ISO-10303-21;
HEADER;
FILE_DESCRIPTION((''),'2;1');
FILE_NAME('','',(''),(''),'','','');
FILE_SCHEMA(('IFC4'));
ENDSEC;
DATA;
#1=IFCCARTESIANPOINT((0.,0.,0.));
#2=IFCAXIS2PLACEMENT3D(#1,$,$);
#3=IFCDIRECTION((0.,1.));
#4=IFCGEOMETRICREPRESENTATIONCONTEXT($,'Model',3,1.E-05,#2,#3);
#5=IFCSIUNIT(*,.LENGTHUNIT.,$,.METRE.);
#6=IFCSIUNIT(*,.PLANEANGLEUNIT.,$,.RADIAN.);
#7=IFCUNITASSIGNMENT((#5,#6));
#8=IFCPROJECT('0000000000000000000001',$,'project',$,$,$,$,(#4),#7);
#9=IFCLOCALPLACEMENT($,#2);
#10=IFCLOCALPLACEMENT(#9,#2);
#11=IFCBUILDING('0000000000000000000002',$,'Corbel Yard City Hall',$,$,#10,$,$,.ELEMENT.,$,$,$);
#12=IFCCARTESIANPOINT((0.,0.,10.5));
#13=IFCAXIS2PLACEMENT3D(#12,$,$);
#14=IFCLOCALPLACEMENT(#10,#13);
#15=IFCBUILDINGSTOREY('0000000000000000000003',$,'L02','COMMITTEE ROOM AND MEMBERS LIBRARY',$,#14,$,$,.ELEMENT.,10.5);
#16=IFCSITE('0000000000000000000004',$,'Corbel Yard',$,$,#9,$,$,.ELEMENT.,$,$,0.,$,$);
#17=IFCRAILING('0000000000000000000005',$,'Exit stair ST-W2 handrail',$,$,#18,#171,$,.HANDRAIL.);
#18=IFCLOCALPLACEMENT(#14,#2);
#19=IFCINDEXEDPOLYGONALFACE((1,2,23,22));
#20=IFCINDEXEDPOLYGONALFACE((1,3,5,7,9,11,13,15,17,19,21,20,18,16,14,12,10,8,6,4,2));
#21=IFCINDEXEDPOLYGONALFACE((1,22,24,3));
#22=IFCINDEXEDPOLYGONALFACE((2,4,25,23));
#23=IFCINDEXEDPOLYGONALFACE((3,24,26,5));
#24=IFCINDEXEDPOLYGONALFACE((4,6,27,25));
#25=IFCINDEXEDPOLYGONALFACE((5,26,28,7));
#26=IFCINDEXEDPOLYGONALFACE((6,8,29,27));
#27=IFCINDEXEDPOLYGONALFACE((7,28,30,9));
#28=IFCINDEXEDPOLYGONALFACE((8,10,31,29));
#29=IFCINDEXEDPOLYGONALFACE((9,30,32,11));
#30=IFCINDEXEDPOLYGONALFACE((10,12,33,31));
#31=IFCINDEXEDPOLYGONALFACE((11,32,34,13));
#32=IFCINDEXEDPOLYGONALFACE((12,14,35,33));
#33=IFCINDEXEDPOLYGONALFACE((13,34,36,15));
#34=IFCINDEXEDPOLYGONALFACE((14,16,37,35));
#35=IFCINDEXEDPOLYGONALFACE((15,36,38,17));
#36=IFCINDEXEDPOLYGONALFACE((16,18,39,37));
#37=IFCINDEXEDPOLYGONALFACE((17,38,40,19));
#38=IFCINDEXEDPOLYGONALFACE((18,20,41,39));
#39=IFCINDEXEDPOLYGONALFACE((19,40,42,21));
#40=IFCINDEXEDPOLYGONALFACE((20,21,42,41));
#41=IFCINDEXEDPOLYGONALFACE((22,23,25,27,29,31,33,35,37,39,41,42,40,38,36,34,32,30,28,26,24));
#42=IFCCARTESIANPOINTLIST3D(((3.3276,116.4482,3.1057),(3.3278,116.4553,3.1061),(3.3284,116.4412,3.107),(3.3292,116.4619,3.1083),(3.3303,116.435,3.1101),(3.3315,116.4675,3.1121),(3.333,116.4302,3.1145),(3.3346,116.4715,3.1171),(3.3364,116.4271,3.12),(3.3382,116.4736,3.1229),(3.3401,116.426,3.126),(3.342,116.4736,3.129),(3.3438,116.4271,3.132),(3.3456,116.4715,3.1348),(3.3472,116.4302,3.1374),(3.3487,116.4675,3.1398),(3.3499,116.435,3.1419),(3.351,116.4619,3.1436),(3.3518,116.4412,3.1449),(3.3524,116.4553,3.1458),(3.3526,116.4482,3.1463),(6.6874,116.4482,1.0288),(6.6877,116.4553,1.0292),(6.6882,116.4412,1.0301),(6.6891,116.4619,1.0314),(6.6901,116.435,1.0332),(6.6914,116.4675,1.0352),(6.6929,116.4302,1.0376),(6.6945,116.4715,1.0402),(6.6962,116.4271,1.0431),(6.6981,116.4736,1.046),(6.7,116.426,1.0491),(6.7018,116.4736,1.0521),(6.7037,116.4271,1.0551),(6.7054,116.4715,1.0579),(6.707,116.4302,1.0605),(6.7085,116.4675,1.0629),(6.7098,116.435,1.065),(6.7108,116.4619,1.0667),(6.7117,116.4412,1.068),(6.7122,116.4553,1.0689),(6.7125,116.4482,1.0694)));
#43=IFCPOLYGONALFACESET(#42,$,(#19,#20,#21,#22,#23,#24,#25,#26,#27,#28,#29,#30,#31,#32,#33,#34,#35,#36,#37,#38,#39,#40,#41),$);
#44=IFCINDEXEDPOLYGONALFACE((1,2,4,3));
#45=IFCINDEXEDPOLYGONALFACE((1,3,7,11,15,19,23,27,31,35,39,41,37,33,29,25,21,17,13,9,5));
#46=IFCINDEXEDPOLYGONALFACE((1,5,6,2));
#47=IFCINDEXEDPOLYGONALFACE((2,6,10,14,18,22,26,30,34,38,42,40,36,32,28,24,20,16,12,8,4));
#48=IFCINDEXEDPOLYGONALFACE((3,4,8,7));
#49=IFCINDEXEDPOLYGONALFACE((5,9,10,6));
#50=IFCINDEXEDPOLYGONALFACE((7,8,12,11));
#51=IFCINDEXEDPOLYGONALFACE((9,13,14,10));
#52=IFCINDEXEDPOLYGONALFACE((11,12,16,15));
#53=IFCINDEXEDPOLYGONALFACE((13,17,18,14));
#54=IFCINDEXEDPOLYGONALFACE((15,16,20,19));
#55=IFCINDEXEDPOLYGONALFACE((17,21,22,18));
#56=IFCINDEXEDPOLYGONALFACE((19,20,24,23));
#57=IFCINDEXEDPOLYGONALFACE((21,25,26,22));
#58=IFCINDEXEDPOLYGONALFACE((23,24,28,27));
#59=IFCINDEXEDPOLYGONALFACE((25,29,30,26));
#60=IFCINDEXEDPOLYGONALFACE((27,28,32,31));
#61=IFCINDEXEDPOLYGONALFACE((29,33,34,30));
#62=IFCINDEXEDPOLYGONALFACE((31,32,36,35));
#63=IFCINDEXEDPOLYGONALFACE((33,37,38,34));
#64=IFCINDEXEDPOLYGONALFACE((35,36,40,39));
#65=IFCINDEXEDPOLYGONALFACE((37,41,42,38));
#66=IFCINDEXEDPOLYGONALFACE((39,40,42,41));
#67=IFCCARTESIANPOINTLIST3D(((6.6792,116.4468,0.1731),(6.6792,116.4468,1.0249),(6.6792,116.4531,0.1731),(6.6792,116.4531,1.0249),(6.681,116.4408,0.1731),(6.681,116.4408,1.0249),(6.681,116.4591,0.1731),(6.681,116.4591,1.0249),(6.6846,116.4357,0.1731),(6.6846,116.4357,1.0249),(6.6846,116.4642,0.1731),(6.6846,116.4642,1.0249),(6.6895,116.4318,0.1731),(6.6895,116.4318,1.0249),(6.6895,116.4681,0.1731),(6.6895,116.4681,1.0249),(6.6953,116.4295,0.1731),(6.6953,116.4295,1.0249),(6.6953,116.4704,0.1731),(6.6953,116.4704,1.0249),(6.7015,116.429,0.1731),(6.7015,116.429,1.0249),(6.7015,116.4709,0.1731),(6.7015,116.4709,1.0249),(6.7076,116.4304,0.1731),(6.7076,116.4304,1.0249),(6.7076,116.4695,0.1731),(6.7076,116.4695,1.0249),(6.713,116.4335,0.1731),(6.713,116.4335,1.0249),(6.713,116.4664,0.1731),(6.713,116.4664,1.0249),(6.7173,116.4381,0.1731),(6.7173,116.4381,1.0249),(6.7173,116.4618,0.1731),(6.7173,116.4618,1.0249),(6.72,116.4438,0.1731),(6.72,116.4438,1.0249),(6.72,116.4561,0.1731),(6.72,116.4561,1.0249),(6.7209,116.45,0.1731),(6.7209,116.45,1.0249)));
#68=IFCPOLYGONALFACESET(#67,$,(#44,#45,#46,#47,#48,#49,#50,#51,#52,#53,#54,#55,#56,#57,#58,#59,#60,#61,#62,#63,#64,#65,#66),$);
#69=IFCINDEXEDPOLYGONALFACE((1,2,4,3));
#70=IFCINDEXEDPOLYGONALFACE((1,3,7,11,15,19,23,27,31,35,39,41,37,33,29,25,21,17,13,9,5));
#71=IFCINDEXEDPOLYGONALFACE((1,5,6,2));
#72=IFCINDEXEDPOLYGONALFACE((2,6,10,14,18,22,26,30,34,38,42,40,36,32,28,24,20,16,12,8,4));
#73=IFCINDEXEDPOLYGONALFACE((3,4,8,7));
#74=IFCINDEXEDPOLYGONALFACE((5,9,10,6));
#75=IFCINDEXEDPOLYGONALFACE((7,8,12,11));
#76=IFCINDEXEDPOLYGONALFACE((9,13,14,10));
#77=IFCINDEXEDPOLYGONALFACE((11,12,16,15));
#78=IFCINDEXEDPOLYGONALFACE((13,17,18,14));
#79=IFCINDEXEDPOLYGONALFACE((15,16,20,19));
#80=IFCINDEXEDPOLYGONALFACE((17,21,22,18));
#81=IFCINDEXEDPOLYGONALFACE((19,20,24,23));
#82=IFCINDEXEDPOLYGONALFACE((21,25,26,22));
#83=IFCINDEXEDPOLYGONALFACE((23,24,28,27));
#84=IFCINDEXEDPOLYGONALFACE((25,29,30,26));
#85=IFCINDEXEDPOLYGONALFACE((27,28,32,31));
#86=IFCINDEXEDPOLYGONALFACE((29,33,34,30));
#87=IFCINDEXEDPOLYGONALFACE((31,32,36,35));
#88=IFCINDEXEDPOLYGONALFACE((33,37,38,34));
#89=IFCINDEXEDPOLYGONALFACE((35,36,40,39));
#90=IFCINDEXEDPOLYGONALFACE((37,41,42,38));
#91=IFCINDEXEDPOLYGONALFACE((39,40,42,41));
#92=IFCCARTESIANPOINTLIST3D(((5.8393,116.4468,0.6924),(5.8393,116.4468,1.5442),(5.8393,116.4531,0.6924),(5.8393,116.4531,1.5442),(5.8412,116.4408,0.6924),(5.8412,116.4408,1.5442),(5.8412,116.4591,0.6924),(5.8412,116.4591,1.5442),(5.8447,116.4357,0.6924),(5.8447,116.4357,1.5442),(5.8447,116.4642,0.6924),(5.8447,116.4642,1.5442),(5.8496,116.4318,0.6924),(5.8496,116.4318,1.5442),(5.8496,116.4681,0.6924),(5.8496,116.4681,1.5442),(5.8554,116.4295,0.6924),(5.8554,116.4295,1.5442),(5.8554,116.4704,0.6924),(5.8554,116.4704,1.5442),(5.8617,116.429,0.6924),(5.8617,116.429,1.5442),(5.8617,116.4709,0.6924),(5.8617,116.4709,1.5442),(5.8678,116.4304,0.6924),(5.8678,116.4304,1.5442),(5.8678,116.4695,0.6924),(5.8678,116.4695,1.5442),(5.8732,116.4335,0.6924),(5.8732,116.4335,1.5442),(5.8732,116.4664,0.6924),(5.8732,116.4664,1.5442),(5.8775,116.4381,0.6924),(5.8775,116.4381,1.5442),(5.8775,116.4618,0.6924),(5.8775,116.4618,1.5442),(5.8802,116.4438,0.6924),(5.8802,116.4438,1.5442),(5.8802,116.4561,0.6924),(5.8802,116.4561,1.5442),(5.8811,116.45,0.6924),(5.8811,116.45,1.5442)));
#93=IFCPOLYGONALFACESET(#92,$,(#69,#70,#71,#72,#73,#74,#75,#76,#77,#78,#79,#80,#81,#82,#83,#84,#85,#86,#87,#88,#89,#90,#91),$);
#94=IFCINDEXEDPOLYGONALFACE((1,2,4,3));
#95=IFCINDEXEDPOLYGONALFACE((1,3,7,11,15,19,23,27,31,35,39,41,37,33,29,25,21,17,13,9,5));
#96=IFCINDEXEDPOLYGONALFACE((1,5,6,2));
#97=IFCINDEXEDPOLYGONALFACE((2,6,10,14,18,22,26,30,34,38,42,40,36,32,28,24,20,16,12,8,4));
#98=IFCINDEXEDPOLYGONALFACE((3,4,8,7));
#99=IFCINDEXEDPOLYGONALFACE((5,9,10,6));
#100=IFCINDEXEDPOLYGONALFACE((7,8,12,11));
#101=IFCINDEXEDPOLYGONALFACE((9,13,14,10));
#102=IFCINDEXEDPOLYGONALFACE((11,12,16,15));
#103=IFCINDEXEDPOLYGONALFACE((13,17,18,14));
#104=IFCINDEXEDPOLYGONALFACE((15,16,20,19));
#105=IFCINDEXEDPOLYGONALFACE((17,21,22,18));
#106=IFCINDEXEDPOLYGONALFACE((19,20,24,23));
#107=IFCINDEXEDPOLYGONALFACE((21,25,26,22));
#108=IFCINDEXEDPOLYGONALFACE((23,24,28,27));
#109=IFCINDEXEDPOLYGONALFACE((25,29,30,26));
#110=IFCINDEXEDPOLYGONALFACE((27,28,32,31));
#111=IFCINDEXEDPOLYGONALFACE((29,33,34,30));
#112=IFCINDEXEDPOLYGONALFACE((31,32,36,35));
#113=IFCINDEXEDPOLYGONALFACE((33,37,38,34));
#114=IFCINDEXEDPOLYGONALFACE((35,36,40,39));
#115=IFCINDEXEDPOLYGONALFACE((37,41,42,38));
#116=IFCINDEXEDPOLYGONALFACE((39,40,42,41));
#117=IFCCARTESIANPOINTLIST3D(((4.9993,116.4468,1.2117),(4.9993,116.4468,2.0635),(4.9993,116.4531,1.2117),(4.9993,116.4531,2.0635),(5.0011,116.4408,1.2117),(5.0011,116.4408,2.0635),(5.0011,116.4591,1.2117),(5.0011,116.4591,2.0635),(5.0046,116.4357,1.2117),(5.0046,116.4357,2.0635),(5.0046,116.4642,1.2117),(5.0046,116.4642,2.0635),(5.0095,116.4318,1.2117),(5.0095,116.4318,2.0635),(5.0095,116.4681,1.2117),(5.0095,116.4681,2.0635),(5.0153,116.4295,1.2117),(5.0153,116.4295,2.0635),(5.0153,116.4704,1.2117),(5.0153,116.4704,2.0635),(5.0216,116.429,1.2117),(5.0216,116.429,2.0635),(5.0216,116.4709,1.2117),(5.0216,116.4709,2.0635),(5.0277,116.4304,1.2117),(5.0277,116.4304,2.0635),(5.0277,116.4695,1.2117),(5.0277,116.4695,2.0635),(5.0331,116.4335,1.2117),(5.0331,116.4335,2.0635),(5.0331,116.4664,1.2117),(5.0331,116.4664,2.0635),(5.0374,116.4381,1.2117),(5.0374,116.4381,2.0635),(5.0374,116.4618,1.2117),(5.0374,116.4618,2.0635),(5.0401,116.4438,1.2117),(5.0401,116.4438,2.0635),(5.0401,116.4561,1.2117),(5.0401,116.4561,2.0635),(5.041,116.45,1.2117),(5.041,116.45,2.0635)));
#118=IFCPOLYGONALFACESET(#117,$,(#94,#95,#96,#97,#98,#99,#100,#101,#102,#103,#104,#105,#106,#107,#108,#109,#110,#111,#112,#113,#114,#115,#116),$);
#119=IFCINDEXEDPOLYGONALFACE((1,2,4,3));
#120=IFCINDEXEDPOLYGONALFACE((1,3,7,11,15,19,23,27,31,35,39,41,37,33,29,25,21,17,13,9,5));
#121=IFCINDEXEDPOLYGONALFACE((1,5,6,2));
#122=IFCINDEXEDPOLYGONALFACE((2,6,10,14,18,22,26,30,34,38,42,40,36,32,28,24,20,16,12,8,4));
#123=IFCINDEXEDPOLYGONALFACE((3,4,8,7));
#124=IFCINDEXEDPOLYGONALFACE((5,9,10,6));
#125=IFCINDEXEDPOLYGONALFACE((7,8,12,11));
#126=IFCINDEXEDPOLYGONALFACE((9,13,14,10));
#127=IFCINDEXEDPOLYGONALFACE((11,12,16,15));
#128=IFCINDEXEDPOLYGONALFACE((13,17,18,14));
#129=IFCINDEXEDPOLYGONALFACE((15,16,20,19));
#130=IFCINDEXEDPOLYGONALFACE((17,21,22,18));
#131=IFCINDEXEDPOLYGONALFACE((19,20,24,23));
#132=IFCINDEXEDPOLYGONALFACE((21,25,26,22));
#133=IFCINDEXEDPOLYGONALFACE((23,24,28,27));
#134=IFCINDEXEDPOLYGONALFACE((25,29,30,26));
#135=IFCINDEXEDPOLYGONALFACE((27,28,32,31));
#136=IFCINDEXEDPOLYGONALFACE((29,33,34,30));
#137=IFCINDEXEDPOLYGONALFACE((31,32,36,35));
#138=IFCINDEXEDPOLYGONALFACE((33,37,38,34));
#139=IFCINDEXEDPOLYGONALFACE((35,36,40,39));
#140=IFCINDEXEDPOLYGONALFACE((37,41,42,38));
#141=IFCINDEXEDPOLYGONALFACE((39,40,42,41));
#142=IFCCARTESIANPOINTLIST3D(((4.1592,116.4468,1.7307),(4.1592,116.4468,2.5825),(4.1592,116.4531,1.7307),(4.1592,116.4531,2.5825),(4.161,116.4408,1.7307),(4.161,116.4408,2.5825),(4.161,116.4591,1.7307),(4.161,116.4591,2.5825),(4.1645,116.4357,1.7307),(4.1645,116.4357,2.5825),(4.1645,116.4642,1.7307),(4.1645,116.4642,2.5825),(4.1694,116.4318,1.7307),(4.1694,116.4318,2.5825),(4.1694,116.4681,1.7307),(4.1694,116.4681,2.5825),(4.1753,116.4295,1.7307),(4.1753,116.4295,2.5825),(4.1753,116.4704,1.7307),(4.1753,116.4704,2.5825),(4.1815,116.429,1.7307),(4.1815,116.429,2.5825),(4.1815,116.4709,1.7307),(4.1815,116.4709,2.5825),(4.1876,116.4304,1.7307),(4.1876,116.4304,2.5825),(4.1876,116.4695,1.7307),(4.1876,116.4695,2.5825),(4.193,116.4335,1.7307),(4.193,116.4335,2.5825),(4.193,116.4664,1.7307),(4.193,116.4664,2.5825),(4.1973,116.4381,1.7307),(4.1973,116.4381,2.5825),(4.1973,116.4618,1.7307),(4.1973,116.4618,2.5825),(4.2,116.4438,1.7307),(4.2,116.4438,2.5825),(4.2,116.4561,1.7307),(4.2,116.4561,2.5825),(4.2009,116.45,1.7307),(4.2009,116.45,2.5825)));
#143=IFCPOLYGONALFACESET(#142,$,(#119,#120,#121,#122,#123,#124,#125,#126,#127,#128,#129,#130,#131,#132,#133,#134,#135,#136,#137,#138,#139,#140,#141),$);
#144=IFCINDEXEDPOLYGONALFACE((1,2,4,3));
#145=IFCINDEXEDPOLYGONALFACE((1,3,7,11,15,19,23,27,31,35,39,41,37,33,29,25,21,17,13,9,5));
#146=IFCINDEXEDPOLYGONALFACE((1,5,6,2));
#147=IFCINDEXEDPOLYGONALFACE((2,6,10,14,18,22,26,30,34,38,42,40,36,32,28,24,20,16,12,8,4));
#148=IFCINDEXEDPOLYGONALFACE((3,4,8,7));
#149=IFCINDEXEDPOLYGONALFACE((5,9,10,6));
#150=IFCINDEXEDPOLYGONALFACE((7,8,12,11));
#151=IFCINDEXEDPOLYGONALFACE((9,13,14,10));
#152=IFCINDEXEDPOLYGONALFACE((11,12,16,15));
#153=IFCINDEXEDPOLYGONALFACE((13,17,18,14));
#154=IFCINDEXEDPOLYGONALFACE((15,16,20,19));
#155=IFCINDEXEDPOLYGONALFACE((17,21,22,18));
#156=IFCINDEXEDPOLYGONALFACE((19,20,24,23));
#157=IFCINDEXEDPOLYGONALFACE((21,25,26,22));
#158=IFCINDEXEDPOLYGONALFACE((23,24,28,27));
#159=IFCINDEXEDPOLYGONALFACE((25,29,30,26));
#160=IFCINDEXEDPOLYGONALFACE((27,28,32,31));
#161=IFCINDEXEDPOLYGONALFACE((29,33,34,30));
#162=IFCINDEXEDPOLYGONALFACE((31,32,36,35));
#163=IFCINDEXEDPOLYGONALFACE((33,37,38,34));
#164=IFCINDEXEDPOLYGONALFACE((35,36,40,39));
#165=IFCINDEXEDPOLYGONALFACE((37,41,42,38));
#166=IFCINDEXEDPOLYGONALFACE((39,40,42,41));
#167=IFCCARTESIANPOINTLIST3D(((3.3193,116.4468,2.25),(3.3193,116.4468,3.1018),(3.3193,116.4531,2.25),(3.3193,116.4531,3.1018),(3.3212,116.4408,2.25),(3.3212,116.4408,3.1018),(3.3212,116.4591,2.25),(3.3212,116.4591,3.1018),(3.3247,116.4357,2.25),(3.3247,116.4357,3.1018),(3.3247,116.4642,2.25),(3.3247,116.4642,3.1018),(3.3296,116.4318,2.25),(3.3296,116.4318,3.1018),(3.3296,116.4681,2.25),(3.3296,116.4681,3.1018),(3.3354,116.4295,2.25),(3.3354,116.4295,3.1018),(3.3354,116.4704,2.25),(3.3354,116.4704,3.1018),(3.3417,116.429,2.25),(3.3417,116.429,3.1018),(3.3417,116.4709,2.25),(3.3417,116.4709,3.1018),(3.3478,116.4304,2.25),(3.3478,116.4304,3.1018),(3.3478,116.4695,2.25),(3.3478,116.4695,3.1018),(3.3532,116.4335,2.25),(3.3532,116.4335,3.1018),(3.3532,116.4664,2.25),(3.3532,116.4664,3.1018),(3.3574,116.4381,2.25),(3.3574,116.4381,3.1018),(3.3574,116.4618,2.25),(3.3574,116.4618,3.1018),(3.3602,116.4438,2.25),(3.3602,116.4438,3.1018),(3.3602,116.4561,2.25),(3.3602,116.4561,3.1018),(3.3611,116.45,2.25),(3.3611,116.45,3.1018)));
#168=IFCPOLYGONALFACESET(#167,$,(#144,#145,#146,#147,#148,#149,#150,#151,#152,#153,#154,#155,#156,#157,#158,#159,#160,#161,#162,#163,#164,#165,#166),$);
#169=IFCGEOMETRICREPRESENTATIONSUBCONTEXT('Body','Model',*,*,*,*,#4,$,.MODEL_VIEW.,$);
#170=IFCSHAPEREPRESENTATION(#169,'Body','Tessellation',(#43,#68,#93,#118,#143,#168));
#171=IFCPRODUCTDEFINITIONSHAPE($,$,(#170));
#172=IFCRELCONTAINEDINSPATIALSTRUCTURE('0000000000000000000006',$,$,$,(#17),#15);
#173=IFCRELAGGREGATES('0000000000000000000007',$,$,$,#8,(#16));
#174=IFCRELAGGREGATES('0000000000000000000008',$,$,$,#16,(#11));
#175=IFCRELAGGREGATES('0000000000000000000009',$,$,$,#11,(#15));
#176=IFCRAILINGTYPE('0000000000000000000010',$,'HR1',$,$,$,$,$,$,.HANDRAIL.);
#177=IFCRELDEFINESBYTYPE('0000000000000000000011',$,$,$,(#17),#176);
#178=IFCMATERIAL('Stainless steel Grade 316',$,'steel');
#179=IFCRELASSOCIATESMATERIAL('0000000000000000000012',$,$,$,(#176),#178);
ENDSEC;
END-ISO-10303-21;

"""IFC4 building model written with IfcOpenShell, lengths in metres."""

from ifc_helpers import new_model, si_unit, direction, frame, origin, origin_2d, place, context, subcontext, project, spatial, circle, extrude, material, type_object, element, save


model = new_model("IFC4")

# Units and contexts
model_context = context("Model", 3, precision=1e-05, world=origin(), true_north=direction((0.0, 1.0)))
body_context = subcontext(model_context, "Body", "Model", "MODEL_VIEW")
ifc_project = project(units=[si_unit("LENGTHUNIT", "METRE"), si_unit("PLANEANGLEUNIT", "RADIAN")], contexts=[model_context])

# Site, building, storey
site_placement = place(None, origin())
site = spatial("IfcSite", under=ifc_project, at=site_placement, Name="Corbel Yard", CompositionType="ELEMENT", RefElevation=0.0)
building_placement = place(site_placement, origin())
building = spatial("IfcBuilding", under=site, at=building_placement, Name="Corbel Yard City Hall", CompositionType="ELEMENT")
storey_placement = place(building_placement, frame((0.0, 0.0, 10.5)))
storey = spatial("IfcBuildingStorey", under=building, at=storey_placement, Name="L02", Description="COMMITTEE ROOM AND MEMBERS LIBRARY", CompositionType="ELEMENT", Elevation=10.5)

# Shared definitions
ifc_material_1 = material(Name="Stainless steel Grade 316", Category="steel")

# Railing
railing_type = type_object("IfcRailingType", Name="HR1", PredefinedType="HANDRAIL", material=ifc_material_1)
for number, where, name in (
    (1, (6.7, 116.45, 0.1731), "Exit stair ST-W2 handrail"),
):
    element("IfcRailing", number, at=place(storey_placement, frame(where)), inside=storey, type_object=railing_type, Name=name, PredefinedType="HANDRAIL", context=body_context, shape_type="SweptSolid", body=[
        extrude(circle(Radius=0.0239, at=origin_2d()), frame((0.0, 0.0, 0.876), z_axis=(-0.850606, 0.0, 0.525803), x_axis=(0.0, -1.0, 0.0)), (0.0, 0.0, 1.0), 3.95),
        extrude(circle(Radius=0.021, at=origin_2d()), origin(), (0.0, 0.0, 1.0), 0.8518),
        extrude(circle(Radius=0.021, at=origin_2d()), frame((-0.8398, 0.0, 0.5193)), (0.0, 0.0, 1.0), 0.8518),
        extrude(circle(Radius=0.021, at=origin_2d()), frame((-1.6799, 0.0, 1.0386)), (0.0, 0.0, 1.0), 0.8518),
        extrude(circle(Radius=0.021, at=origin_2d()), frame((-2.52, 0.0, 1.5576)), (0.0, 0.0, 1.0), 0.8518),
        extrude(circle(Radius=0.021, at=origin_2d()), frame((-3.3599, 0.0, 2.0769)), (0.0, 0.0, 1.0), 0.8518),
    ])

save(model, "model.ifc")
